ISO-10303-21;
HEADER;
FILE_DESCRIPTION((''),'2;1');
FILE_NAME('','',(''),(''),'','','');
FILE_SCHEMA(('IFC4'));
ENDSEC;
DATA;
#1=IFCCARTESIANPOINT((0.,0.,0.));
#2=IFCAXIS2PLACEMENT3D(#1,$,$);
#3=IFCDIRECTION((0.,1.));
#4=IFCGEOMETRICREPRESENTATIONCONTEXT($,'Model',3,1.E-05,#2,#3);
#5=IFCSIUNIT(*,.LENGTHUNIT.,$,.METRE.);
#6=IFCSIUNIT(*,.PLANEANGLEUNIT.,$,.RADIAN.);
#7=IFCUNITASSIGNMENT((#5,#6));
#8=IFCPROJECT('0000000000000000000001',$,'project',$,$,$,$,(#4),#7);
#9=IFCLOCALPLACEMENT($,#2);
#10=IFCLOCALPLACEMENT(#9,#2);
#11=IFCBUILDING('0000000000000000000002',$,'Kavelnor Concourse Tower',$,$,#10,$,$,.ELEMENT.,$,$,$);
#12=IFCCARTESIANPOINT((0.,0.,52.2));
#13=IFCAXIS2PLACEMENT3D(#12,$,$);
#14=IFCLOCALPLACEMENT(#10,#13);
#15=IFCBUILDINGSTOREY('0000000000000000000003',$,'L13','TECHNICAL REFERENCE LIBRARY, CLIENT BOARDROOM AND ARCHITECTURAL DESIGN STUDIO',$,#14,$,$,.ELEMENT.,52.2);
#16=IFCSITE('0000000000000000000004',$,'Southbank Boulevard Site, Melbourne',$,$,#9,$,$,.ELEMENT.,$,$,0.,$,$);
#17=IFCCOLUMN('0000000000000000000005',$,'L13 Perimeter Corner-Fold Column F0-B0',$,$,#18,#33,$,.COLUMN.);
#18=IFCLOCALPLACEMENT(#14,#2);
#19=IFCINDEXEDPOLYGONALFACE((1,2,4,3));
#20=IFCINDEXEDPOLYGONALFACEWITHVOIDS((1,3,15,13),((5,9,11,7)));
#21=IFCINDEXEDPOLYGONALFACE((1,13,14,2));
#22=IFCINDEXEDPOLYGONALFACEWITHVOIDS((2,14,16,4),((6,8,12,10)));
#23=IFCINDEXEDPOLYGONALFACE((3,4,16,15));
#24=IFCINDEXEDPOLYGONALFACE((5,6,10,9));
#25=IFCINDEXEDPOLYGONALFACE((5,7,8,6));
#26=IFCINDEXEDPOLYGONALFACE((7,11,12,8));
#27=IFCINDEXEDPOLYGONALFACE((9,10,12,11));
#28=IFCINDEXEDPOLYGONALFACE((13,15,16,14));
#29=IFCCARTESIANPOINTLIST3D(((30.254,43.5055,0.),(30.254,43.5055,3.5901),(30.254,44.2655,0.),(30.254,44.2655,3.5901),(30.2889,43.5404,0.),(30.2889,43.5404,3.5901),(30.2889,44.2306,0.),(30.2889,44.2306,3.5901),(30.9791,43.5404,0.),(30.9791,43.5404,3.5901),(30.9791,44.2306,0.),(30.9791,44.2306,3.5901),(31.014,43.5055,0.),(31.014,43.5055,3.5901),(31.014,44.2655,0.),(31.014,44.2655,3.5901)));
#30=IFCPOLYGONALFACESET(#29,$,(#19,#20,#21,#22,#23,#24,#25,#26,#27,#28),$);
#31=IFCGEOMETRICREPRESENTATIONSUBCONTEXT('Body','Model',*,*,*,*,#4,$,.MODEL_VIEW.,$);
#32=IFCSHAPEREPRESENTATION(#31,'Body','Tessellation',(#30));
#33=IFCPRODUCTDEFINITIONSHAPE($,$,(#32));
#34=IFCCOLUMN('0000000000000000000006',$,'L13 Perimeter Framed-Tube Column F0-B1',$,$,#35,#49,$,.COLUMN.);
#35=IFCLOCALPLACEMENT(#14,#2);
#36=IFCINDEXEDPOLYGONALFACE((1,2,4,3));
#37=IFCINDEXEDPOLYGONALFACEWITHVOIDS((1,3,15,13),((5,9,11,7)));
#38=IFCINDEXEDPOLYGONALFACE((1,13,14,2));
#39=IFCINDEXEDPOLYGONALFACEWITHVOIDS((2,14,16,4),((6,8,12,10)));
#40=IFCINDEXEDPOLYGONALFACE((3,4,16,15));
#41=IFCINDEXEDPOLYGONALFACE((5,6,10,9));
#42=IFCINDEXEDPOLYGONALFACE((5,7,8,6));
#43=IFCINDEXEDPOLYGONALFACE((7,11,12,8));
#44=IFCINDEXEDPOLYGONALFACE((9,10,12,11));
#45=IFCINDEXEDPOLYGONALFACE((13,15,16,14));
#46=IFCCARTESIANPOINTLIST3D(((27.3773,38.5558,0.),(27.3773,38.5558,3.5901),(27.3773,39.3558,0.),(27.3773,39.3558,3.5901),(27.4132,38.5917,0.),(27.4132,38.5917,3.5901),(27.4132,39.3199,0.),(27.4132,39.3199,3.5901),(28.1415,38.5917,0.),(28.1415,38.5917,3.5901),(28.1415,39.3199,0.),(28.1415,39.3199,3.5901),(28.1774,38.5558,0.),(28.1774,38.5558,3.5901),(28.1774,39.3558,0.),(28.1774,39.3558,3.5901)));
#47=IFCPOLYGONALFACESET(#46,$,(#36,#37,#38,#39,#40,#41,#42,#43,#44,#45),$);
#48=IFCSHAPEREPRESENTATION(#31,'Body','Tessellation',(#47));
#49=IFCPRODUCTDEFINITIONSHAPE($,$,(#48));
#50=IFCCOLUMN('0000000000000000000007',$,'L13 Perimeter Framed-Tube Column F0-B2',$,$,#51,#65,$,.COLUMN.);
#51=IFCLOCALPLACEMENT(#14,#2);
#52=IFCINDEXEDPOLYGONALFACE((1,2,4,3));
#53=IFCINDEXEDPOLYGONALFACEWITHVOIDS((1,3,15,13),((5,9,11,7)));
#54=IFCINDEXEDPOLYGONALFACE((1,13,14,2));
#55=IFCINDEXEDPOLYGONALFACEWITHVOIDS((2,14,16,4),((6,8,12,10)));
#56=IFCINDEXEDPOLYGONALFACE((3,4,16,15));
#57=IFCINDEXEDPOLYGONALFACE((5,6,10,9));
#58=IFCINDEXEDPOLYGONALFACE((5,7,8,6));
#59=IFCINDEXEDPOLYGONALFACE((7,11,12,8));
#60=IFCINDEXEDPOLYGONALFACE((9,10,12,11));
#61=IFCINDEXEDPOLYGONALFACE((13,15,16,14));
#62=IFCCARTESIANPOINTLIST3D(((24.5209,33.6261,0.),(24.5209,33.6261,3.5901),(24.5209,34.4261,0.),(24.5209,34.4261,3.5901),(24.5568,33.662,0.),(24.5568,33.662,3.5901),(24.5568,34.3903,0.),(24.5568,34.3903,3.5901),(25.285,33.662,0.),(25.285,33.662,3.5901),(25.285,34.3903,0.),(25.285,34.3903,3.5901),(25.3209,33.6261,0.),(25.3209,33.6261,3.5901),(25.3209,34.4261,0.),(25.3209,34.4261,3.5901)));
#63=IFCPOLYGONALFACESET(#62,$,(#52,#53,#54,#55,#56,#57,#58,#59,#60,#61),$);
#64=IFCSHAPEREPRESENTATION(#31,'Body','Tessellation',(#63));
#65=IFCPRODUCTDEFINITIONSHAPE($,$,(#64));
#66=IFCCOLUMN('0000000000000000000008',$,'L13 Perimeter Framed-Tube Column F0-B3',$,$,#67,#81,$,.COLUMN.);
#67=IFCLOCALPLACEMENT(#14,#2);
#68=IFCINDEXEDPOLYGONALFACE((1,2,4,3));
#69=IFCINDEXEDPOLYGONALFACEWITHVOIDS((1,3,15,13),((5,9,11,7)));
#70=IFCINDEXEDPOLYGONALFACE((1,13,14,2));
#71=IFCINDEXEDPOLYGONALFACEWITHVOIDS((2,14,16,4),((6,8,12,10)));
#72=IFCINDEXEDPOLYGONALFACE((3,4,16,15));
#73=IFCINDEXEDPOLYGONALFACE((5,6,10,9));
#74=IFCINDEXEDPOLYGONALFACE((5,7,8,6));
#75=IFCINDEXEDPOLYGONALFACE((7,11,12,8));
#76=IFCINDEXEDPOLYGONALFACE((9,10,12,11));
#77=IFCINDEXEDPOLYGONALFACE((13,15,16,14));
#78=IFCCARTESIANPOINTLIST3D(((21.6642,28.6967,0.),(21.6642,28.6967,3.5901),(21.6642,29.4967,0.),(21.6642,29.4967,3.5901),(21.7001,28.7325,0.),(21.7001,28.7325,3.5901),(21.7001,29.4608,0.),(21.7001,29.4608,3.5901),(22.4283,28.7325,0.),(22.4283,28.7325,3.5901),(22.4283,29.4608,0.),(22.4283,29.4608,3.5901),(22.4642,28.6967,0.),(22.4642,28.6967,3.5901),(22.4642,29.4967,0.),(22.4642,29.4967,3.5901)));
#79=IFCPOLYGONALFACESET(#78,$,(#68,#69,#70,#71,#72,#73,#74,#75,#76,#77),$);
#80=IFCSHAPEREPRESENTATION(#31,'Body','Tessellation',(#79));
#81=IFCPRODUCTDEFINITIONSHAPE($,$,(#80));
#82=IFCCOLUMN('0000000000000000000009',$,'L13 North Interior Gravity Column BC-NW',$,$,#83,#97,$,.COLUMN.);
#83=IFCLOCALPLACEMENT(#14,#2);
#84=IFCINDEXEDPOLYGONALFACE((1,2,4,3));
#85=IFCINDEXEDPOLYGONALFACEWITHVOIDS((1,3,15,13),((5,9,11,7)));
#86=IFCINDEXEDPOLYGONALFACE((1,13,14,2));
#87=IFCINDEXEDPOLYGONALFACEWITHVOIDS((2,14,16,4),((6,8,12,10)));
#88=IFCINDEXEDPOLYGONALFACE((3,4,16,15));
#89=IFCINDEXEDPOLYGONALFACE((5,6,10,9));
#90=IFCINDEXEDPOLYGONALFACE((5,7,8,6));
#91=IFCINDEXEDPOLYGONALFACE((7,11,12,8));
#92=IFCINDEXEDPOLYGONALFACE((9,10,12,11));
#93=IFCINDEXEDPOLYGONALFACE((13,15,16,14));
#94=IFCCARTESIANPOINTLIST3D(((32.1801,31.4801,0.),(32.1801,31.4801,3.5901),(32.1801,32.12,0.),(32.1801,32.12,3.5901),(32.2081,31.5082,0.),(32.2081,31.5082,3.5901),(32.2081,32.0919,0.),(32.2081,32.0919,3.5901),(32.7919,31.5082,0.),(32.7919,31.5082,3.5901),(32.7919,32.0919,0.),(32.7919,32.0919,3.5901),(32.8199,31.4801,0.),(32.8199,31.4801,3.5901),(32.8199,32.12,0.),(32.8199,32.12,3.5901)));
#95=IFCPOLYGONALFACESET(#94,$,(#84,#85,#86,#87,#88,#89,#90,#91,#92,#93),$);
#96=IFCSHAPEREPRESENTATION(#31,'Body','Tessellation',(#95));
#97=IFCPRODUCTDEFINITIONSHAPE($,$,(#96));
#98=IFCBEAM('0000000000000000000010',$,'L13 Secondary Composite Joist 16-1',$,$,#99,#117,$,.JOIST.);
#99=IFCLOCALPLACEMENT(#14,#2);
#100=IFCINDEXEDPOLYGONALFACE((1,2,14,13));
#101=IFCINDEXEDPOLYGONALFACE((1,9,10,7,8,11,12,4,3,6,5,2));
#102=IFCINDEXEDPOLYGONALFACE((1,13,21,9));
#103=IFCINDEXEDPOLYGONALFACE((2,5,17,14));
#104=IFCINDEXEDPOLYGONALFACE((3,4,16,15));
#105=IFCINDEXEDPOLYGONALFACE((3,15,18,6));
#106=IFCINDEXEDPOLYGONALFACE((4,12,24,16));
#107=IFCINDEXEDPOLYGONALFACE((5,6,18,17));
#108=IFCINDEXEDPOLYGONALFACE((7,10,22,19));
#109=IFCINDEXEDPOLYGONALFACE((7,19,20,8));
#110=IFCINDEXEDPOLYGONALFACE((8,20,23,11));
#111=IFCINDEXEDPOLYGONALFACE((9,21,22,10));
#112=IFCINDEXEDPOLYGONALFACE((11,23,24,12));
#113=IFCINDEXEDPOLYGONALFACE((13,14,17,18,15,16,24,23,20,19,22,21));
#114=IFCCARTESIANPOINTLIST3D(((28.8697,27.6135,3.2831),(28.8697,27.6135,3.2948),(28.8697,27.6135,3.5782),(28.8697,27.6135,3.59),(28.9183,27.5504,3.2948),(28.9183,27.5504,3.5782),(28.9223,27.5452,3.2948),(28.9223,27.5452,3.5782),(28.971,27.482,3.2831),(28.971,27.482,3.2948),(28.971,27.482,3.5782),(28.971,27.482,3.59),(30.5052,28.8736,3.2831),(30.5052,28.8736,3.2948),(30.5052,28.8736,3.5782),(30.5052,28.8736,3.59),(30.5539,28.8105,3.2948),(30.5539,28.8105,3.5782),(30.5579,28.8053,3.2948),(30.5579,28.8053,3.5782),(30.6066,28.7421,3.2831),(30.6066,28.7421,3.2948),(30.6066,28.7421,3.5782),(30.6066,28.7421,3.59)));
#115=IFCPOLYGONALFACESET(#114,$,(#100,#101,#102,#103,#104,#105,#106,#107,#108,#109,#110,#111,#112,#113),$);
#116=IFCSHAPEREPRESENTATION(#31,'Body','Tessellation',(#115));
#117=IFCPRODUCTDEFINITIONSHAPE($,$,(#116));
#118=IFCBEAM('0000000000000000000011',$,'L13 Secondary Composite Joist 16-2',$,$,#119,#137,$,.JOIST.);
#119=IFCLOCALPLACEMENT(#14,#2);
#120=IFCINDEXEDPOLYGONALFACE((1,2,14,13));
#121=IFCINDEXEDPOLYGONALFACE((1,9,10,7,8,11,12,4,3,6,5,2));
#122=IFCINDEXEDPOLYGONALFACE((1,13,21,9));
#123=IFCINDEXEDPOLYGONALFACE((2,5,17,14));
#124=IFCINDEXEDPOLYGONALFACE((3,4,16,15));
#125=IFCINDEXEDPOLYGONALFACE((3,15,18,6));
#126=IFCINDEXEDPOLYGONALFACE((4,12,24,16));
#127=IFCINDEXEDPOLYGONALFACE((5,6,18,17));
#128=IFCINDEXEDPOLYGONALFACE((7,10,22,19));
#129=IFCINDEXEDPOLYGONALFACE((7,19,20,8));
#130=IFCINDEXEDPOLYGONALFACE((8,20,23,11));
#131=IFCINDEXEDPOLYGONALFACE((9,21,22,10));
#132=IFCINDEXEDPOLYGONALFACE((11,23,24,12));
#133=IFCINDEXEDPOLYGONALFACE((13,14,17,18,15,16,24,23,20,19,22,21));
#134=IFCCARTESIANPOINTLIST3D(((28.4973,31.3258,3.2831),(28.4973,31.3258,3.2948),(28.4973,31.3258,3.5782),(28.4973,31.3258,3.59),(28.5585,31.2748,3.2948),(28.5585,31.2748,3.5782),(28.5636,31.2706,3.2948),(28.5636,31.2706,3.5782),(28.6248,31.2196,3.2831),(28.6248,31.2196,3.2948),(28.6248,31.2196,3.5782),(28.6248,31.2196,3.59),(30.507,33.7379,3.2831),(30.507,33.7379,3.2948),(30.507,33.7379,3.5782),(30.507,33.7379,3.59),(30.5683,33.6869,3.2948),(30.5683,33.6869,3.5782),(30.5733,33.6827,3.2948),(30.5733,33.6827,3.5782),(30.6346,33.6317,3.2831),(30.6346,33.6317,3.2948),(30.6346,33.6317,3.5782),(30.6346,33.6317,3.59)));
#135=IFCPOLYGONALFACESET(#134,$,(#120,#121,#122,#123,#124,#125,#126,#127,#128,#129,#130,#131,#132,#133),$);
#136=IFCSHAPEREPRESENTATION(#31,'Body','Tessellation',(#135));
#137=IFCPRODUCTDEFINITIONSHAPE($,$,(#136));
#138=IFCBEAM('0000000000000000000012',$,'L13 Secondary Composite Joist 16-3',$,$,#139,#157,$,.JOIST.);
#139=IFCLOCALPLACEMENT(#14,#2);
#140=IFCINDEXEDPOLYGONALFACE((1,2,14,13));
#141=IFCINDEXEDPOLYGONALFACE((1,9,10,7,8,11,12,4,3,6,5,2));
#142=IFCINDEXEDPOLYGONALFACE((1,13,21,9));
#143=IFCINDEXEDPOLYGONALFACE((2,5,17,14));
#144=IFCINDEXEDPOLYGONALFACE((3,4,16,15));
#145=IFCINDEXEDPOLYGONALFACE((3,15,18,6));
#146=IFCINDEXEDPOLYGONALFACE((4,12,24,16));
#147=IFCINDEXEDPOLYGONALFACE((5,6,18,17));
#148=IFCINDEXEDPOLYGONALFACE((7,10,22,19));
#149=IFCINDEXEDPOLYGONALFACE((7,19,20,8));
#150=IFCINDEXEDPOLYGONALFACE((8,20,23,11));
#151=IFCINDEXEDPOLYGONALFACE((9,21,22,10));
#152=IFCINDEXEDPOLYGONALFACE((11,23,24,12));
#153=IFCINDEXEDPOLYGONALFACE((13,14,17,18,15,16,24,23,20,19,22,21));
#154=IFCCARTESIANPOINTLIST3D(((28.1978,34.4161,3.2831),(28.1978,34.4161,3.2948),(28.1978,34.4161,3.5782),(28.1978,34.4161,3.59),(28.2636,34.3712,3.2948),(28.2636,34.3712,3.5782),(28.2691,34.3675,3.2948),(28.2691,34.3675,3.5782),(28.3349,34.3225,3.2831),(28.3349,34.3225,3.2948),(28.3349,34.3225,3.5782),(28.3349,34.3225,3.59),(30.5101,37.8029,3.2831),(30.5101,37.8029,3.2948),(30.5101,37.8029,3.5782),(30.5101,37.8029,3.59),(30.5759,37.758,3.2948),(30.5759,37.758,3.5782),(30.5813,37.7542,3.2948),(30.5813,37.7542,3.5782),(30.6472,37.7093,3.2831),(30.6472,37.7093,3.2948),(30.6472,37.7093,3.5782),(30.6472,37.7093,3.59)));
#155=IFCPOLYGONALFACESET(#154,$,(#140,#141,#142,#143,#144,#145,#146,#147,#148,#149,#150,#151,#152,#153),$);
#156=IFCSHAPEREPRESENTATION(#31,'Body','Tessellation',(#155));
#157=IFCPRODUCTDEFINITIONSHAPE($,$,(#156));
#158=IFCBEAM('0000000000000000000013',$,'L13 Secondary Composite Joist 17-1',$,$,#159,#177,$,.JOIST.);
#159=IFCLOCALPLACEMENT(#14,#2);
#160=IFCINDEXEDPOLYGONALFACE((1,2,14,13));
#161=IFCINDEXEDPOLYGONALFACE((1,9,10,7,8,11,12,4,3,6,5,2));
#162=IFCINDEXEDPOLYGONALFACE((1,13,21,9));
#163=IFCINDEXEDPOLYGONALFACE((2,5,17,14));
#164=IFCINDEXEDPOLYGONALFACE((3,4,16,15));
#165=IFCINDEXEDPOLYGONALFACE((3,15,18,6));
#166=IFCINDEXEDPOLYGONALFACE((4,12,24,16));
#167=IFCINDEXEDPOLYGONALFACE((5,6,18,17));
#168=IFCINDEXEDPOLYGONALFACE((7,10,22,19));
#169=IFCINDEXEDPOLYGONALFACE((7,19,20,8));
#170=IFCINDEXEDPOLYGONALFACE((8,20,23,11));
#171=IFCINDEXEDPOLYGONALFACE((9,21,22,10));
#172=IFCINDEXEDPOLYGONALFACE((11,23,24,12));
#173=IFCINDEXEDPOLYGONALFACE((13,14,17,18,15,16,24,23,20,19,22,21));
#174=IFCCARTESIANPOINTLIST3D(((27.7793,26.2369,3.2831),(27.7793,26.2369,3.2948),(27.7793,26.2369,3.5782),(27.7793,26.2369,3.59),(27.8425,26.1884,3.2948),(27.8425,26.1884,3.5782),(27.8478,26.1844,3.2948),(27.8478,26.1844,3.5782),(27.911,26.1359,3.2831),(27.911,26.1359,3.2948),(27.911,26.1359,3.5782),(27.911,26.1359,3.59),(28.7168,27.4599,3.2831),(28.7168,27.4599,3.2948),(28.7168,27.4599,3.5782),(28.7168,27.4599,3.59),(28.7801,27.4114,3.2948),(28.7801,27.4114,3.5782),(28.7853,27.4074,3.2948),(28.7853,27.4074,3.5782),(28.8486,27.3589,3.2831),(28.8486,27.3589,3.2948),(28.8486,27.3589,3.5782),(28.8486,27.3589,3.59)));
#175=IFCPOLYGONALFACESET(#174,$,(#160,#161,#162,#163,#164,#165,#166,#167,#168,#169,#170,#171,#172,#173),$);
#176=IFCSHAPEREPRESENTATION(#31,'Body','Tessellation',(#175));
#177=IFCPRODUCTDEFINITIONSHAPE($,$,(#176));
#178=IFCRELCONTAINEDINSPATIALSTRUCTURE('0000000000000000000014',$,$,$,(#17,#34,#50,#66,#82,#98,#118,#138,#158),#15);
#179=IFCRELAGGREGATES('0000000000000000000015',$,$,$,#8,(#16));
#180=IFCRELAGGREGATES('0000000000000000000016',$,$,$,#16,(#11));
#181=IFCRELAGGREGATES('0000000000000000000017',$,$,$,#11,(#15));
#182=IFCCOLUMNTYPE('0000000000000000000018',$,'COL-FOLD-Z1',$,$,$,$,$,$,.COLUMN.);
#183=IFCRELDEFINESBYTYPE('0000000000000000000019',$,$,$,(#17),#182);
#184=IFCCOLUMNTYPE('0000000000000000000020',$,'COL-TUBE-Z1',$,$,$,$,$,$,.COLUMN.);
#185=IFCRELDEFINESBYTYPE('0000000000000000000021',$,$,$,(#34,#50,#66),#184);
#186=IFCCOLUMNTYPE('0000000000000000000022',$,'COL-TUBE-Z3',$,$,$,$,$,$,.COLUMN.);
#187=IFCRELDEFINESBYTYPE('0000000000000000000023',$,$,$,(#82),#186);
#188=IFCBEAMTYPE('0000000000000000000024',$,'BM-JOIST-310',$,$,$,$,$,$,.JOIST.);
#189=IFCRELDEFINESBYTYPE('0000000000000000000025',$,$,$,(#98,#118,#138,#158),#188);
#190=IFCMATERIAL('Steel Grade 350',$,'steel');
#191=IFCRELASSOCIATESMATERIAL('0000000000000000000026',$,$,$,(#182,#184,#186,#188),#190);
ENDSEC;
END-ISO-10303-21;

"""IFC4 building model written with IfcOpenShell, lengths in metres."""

from ifc_helpers import new_model, si_unit, direction, frame, origin, origin_2d, place, context, subcontext, project, spatial, hollow_rectangle, i_section, extrude, material, material_profile, profile_set, type_object, element, save


model = new_model("IFC4")

# Units and contexts
model_context = context("Model", 3, precision=1e-05, world=origin(), true_north=direction((0.0, 1.0)))
body_context = subcontext(model_context, "Body", "Model", "MODEL_VIEW")
ifc_project = project(units=[si_unit("LENGTHUNIT", "METRE"), si_unit("PLANEANGLEUNIT", "RADIAN")], contexts=[model_context])

# Site, building, storey
site_placement = place(None, origin())
site = spatial("IfcSite", under=ifc_project, at=site_placement, Name="Southbank Boulevard Site, Melbourne", CompositionType="ELEMENT", RefElevation=0.0)
building_placement = place(site_placement, origin())
building = spatial("IfcBuilding", under=site, at=building_placement, Name="Kavelnor Concourse Tower", CompositionType="ELEMENT")
storey_placement = place(building_placement, frame((0.0, 0.0, 52.2)))
storey = spatial("IfcBuildingStorey", under=building, at=storey_placement, Name="L13", Description="TECHNICAL REFERENCE LIBRARY, CLIENT BOARDROOM AND ARCHITECTURAL DESIGN STUDIO", CompositionType="ELEMENT", Elevation=52.2)

# Columns
ifc_material_1 = material(Name="Steel Grade 350", Category="steel")
ifc_material_profile_1 = material_profile(ifc_material_1, hollow_rectangle(XDim=0.76, YDim=0.76, WallThickness=0.0349, at=origin_2d()), Name="SHS 760x760x35")
ifc_profile_set_1 = profile_set([ifc_material_profile_1], Name="Steel Grade 350")
column_type_1 = type_object("IfcColumnType", Name="COL-FOLD-Z1", PredefinedType="COLUMN", material=ifc_profile_set_1)
column_1_placement = place(storey_placement, frame((30.634, 43.8855, 0.0), z_axis=(0.0, 0.0, 1.0), x_axis=(1.0, 0.0, 0.0)))
element("IfcColumn", 1, at=column_1_placement, inside=storey, type_object=column_type_1, Name="L13 Perimeter Corner-Fold Column F0-B0", PredefinedType="COLUMN", context=body_context, shape_type="SweptSolid", body=[
    extrude(hollow_rectangle(XDim=0.76, YDim=0.76, WallThickness=0.0349, at=origin_2d()), origin(), (0.0, 0.0, 1.0), 3.5901),
])
ifc_material_profile_2 = material_profile(ifc_material_1, hollow_rectangle(XDim=0.8, YDim=0.8, WallThickness=0.0359, at=origin_2d()), Name="SHS 800x800x36")
ifc_profile_set_2 = profile_set([ifc_material_profile_2], Name="Steel Grade 350")
column_type_2 = type_object("IfcColumnType", Name="COL-TUBE-Z1", PredefinedType="COLUMN", material=ifc_profile_set_2)
for number, where, z_axis, x_axis, name in (
    (2, (27.7773, 38.9558, 0.0), (0.0, 0.0, 1.0), (1.0, 0.0, 0.0), "L13 Perimeter Framed-Tube Column F0-B1"),
    (3, (24.9209, 34.0261, 0.0), (0.0, 0.0, 1.0), (1.0, 0.0, 0.0), "L13 Perimeter Framed-Tube Column F0-B2"),
    (4, (22.0642, 29.0967, 0.0), (0.0, 0.0, 1.0), (1.0, 0.0, 0.0), "L13 Perimeter Framed-Tube Column F0-B3"),
):
    element("IfcColumn", number, at=place(storey_placement, frame(where, z_axis=z_axis, x_axis=x_axis)), inside=storey, type_object=column_type_2, Name=name, PredefinedType="COLUMN", context=body_context, shape_type="SweptSolid", body=[
        extrude(hollow_rectangle(XDim=0.8, YDim=0.8, WallThickness=0.0359, at=origin_2d()), origin(), (0.0, 0.0, 1.0), 3.5901),
    ])
ifc_material_profile_3 = material_profile(ifc_material_1, hollow_rectangle(XDim=0.6399, YDim=0.6399, WallThickness=0.0281, at=origin_2d()), Name="SHS 640x640x28")
ifc_profile_set_3 = profile_set([ifc_material_profile_3], Name="Steel Grade 350")
column_type_3 = type_object("IfcColumnType", Name="COL-TUBE-Z3", PredefinedType="COLUMN", material=ifc_profile_set_3)
column_2_placement = place(storey_placement, frame((32.5, 31.8, 0.0), z_axis=(0.0, 0.0, 1.0), x_axis=(1.0, 0.0, 0.0)))
element("IfcColumn", 5, at=column_2_placement, inside=storey, type_object=column_type_3, Name="L13 North Interior Gravity Column BC-NW", PredefinedType="COLUMN", context=body_context, shape_type="SweptSolid", body=[
    extrude(hollow_rectangle(XDim=0.6399, YDim=0.6399, WallThickness=0.0281, at=origin_2d()), origin(), (0.0, 0.0, 1.0), 3.5901),
])

# Beams
ifc_material_profile_4 = material_profile(ifc_material_1, i_section(OverallWidth=0.166, OverallDepth=0.3069, WebThickness=0.0066, FlangeThickness=0.0117, at=origin_2d()), Name="310UB46")
ifc_profile_set_4 = profile_set([ifc_material_profile_4], Name="Steel Grade 350")
beam_type_1 = type_object("IfcBeamType", Name="BM-JOIST-310", PredefinedType="JOIST", material=ifc_profile_set_4)
beam_1_placement = place(storey_placement, frame((30.5559, 28.8079, 3.4365), z_axis=(-0.792171, -0.610299, 0.0), x_axis=(0.610299, -0.792171, 0.0)))
element("IfcBeam", 6, at=beam_1_placement, inside=storey, type_object=beam_type_1, Name="L13 Secondary Composite Joist 16-1", PredefinedType="JOIST", context=body_context, shape_type="SweptSolid", body=[
    extrude(i_section(OverallWidth=0.166, OverallDepth=0.3069, WebThickness=0.0066, FlangeThickness=0.0117, at=origin_2d()), origin(), (0.0, 0.0, 1.0), 2.0647),
])
beam_2_placement = place(storey_placement, frame((30.5708, 33.6848, 3.4365), z_axis=(-0.640123, -0.768272, 0.0), x_axis=(0.768272, -0.640123, 0.0)))
element("IfcBeam", 7, at=beam_2_placement, inside=storey, type_object=beam_type_1, Name="L13 Secondary Composite Joist 16-2", PredefinedType="JOIST", context=body_context, shape_type="SweptSolid", body=[
    extrude(i_section(OverallWidth=0.166, OverallDepth=0.3069, WebThickness=0.0066, FlangeThickness=0.0117, at=origin_2d()), origin(), (0.0, 0.0, 1.0), 3.1396),
])
beam_3_placement = place(storey_placement, frame((30.5786, 37.7561, 3.4365), z_axis=(-0.563858, -0.825872, 0.0), x_axis=(0.825872, -0.563858, 0.0)))
element("IfcBeam", 8, at=beam_3_placement, inside=storey, type_object=beam_type_1, Name="L13 Secondary Composite Joist 16-3", PredefinedType="JOIST", context=body_context, shape_type="SweptSolid", body=[
    extrude(i_section(OverallWidth=0.166, OverallDepth=0.3069, WebThickness=0.0066, FlangeThickness=0.0117, at=origin_2d()), origin(), (0.0, 0.0, 1.0), 4.1008),
])
beam_4_placement = place(storey_placement, frame((28.7827, 27.4094, 3.4365), z_axis=(-0.608408, -0.793624, 0.0), x_axis=(0.793624, -0.608408, 0.0)))
element("IfcBeam", 9, at=beam_4_placement, inside=storey, type_object=beam_type_1, Name="L13 Secondary Composite Joist 17-1", PredefinedType="JOIST", context=body_context, shape_type="SweptSolid", body=[
    extrude(i_section(OverallWidth=0.166, OverallDepth=0.3069, WebThickness=0.0066, FlangeThickness=0.0117, at=origin_2d()), origin(), (0.0, 0.0, 1.0), 1.541),
])

save(model, "model.ifc")
